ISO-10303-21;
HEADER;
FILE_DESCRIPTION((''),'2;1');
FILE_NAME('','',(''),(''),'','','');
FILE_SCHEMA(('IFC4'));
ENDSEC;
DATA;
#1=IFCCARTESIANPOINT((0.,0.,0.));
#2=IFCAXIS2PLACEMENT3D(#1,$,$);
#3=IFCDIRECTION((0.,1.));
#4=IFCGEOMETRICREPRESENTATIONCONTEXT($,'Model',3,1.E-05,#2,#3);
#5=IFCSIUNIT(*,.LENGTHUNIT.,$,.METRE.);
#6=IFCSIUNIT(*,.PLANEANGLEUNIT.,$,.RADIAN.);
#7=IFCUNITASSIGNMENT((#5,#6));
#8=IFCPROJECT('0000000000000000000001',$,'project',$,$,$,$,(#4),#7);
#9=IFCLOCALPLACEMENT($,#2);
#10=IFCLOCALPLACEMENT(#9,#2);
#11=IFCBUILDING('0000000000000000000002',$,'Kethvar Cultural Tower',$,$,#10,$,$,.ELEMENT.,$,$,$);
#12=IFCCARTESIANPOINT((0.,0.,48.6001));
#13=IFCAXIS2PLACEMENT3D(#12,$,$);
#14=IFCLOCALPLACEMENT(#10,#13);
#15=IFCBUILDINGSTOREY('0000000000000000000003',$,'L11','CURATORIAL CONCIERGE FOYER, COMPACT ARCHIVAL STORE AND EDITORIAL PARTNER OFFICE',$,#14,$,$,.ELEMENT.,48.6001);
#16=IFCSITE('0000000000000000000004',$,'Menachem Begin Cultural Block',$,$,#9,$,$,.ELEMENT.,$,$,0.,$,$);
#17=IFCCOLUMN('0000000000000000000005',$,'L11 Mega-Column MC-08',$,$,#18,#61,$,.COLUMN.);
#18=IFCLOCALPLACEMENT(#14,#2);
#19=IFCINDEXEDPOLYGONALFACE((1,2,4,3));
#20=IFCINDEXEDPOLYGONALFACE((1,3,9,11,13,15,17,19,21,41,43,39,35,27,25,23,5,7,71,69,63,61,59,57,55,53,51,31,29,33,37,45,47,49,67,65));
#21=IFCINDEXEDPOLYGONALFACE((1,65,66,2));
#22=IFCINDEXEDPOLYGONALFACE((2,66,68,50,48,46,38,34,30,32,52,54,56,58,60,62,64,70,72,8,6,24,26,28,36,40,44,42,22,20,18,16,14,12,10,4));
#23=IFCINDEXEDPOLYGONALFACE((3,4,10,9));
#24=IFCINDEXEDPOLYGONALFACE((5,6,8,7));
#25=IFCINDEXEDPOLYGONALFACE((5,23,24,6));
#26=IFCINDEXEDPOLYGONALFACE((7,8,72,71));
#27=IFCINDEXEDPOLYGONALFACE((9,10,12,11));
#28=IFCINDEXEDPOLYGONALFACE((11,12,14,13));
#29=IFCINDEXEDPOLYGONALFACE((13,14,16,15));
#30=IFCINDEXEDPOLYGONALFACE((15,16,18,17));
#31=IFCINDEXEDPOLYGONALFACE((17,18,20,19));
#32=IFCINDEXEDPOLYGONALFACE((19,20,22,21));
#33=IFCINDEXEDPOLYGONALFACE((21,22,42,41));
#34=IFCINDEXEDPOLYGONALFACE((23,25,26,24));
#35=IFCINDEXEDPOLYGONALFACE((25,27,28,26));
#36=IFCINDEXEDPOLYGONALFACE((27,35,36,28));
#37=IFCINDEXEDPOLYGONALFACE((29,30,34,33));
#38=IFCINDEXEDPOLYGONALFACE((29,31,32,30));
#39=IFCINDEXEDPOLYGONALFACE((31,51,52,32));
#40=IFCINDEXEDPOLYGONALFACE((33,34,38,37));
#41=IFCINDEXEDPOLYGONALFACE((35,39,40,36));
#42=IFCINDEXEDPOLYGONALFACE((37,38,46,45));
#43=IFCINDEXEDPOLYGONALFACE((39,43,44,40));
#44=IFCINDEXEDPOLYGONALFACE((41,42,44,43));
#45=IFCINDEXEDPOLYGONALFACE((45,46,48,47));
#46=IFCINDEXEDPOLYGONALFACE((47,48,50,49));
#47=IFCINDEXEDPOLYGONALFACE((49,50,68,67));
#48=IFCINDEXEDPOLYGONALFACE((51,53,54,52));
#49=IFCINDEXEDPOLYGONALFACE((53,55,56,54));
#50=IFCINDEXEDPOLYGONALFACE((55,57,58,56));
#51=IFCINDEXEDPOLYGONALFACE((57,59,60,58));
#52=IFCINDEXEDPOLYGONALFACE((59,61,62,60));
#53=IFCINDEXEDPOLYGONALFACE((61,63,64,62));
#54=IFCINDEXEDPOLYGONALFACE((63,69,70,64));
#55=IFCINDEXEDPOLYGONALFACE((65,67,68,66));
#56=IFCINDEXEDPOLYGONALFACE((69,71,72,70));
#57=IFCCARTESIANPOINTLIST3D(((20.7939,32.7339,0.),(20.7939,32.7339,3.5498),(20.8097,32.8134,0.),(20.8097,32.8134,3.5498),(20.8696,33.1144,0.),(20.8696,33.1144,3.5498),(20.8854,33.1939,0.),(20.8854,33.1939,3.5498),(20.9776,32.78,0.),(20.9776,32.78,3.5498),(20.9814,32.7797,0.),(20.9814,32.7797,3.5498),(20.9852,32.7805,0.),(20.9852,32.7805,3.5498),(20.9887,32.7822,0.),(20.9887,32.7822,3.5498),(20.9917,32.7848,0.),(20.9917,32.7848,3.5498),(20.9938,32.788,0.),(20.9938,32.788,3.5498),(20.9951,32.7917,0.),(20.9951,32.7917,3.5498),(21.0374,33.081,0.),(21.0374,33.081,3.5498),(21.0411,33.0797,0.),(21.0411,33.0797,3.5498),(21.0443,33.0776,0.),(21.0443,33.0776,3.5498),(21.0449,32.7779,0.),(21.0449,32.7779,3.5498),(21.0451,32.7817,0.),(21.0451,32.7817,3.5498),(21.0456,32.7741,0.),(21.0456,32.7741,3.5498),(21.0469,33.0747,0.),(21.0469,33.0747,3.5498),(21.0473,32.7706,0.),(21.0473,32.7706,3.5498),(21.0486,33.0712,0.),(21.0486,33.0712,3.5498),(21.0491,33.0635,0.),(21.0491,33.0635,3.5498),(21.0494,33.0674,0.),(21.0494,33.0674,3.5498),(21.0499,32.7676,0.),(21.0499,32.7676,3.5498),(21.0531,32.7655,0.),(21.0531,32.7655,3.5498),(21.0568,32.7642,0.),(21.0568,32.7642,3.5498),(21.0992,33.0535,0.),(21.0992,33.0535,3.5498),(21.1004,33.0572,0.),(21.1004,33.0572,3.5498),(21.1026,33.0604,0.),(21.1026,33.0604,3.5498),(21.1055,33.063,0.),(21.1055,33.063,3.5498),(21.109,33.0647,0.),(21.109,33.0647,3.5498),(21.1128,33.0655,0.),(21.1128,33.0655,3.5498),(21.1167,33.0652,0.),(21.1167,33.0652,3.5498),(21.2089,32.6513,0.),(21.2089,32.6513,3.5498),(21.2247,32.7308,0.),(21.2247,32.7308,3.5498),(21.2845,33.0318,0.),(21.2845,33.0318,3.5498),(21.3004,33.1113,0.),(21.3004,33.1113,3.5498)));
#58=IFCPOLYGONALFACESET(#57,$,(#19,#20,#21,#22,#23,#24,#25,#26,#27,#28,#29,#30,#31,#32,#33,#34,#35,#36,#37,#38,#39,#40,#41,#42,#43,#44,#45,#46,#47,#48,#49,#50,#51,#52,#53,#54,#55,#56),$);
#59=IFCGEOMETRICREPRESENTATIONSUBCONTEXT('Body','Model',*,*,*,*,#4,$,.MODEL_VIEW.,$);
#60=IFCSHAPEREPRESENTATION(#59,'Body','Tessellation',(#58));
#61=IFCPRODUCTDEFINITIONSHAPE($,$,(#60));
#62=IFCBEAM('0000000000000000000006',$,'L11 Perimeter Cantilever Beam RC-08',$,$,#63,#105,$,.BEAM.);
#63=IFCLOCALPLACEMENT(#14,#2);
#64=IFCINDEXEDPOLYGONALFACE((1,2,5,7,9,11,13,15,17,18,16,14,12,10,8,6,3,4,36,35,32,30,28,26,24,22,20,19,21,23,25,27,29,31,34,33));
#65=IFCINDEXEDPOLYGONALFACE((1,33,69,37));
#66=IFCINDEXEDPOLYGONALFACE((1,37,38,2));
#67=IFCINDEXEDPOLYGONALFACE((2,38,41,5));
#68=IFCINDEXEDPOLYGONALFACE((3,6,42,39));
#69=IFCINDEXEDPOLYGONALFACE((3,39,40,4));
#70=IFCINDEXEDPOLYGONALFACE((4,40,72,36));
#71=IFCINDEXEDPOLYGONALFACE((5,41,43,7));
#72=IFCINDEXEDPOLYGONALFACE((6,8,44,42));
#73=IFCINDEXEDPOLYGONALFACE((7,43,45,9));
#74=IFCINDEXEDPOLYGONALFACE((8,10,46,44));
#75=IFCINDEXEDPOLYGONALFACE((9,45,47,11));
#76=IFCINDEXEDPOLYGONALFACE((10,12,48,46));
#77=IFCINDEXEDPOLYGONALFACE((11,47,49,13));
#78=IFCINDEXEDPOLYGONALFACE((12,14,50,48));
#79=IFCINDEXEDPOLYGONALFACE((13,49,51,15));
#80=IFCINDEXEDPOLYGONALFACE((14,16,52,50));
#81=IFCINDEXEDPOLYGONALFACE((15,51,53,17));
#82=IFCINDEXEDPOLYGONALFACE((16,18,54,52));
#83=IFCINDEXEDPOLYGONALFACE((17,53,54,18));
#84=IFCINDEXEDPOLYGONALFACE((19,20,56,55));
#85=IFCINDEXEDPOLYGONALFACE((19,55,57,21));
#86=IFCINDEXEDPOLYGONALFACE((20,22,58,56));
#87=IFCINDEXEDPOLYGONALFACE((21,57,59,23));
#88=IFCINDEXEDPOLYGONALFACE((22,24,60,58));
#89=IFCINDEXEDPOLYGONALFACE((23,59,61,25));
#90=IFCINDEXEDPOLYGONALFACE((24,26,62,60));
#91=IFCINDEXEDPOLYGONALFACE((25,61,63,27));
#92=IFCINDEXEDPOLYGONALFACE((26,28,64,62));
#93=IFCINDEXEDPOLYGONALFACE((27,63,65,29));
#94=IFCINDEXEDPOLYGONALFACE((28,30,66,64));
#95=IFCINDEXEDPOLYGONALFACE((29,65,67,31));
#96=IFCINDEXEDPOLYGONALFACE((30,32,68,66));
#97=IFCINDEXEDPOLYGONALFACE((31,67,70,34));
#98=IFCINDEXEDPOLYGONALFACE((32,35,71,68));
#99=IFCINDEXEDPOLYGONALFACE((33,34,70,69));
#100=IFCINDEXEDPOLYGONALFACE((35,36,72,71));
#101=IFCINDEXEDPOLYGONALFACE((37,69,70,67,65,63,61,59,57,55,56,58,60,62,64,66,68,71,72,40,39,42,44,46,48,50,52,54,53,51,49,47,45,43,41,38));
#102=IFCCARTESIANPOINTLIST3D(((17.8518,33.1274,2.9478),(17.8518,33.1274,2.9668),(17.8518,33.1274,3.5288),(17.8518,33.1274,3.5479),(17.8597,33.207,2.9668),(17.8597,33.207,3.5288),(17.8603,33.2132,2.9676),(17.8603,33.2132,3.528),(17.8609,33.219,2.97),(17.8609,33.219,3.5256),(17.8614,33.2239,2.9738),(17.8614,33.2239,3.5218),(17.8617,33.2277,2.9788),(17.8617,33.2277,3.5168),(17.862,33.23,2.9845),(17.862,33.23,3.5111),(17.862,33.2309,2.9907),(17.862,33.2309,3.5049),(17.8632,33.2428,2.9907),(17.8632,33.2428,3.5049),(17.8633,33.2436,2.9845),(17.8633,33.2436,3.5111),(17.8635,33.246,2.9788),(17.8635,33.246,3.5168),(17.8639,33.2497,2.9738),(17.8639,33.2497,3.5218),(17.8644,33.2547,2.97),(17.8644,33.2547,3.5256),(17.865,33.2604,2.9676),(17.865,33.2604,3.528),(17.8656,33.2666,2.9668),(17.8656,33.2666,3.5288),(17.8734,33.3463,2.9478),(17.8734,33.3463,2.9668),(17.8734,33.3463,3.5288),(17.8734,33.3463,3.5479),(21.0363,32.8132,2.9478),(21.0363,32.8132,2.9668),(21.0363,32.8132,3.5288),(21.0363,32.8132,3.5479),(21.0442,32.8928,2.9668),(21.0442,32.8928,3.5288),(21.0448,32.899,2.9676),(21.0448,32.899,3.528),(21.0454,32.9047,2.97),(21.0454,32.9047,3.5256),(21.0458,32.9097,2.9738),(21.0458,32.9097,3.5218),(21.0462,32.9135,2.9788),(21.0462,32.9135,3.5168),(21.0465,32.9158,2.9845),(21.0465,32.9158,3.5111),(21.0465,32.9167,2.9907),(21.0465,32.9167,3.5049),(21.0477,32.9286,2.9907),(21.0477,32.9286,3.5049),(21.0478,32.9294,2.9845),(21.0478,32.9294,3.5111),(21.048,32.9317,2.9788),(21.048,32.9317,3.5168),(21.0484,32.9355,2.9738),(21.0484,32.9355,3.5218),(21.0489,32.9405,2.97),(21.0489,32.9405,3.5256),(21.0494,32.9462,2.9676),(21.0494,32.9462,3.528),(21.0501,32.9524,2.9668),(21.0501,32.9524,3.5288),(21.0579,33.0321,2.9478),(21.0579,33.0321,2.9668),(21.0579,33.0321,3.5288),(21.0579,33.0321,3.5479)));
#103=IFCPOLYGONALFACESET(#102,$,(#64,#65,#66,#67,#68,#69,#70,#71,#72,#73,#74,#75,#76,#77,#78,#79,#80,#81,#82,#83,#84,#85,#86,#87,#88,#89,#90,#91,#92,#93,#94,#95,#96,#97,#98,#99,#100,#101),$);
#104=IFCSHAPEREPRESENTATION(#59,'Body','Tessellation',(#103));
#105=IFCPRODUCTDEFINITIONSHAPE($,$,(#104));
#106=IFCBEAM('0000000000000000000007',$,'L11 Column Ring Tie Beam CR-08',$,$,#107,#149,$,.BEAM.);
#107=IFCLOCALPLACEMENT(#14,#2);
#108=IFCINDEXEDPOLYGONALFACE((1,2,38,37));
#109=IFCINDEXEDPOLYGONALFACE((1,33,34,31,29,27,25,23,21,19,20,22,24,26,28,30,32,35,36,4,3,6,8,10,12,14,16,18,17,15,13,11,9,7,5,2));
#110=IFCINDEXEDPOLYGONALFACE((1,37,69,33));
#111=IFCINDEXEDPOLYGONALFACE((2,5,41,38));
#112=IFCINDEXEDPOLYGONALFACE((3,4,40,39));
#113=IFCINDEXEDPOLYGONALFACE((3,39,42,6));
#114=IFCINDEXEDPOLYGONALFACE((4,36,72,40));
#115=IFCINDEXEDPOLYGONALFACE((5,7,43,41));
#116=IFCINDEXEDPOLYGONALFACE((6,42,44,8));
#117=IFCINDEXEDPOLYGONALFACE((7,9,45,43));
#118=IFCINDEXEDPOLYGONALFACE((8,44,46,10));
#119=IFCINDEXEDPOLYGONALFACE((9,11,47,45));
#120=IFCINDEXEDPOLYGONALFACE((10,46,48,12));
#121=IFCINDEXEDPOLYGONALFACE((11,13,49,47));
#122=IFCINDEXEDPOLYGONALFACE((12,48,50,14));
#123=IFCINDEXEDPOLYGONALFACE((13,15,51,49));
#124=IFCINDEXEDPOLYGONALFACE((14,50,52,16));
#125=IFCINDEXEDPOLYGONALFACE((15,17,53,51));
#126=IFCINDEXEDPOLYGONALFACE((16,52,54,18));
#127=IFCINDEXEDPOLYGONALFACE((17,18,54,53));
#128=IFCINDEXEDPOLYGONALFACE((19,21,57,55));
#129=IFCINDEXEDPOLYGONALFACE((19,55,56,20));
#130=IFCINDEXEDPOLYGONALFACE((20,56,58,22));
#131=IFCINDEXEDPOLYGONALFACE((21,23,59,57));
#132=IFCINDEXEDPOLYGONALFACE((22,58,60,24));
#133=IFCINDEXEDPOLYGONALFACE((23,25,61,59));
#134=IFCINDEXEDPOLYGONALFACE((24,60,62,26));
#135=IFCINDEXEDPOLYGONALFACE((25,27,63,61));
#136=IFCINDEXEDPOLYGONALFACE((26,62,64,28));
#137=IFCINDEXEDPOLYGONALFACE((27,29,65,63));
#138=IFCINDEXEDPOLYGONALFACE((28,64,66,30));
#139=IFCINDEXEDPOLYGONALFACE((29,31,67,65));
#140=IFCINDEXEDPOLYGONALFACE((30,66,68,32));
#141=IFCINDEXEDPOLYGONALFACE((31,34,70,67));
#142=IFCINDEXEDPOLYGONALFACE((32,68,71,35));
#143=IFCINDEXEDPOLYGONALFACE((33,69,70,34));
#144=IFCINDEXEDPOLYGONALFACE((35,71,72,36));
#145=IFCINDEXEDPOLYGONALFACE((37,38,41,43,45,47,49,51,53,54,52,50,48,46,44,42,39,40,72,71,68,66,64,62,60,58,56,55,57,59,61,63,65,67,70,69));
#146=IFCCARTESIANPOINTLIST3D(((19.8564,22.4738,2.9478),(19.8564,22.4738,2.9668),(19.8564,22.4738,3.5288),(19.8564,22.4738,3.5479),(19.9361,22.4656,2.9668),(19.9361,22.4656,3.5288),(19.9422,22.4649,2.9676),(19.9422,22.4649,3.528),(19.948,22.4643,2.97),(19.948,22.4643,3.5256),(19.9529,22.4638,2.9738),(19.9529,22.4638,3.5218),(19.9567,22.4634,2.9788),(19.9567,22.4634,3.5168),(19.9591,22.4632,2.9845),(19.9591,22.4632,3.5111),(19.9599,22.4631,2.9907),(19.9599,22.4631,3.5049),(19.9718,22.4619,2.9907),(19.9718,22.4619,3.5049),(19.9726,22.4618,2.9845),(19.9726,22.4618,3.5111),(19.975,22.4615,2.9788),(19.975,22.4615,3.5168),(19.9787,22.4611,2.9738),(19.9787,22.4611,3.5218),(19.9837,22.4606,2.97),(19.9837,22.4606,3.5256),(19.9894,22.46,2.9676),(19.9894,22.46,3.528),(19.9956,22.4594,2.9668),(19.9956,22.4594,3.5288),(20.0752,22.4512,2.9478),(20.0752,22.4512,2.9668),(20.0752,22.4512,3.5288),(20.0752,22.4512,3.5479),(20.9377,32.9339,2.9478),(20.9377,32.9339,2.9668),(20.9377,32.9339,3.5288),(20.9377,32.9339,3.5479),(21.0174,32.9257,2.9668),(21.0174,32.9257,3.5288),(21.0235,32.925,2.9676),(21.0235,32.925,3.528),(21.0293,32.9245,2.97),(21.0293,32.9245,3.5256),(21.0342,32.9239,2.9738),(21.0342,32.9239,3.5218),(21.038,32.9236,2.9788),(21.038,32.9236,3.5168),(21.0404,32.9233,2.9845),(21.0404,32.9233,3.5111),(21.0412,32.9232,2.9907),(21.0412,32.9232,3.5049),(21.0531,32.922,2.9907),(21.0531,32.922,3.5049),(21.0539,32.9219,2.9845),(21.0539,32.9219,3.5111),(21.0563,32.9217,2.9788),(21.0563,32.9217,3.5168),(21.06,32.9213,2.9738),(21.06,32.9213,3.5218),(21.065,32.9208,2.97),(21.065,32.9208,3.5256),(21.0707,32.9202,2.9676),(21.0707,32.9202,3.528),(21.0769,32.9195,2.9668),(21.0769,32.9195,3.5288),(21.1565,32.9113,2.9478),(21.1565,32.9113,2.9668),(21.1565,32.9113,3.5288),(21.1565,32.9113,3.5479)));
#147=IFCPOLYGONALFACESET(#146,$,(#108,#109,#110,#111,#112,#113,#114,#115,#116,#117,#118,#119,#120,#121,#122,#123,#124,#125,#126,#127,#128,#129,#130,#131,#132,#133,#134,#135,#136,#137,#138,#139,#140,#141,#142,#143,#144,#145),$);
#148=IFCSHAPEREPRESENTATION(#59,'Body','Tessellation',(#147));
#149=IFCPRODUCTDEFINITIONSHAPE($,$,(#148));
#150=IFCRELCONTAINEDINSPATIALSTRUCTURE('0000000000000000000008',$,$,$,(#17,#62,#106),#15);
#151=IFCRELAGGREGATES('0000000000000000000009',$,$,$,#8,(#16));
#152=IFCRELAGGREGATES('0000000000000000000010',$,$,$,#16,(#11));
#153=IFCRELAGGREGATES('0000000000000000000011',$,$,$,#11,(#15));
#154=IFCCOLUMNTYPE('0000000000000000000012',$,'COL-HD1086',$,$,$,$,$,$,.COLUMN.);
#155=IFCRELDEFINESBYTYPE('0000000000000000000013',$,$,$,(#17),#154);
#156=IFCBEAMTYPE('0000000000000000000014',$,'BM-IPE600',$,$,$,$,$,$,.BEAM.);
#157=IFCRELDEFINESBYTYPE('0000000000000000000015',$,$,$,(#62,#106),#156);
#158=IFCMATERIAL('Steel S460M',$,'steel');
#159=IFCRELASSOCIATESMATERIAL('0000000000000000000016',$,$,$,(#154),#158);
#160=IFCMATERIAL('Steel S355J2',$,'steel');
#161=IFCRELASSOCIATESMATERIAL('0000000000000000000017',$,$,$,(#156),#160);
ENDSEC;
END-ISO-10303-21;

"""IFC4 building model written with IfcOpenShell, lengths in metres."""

from ifc_helpers import new_model, si_unit, direction, frame, origin, origin_2d, place, context, subcontext, project, spatial, i_section, extrude, source, transform, mapped, material, material_profile, profile_set, type_object, element, save


model = new_model("IFC4")

# Units and contexts
model_context = context("Model", 3, precision=1e-05, world=origin(), true_north=direction((0.0, 1.0)))
body_context = subcontext(model_context, "Body", "Model", "MODEL_VIEW")
ifc_project = project(units=[si_unit("LENGTHUNIT", "METRE"), si_unit("PLANEANGLEUNIT", "RADIAN")], contexts=[model_context])

# Site, building, storey
site_placement = place(None, origin())
site = spatial("IfcSite", under=ifc_project, at=site_placement, Name="Menachem Begin Cultural Block", CompositionType="ELEMENT", RefElevation=0.0)
building_placement = place(site_placement, origin())
building = spatial("IfcBuilding", under=site, at=building_placement, Name="Kethvar Cultural Tower", CompositionType="ELEMENT")
storey_placement = place(building_placement, frame((0.0, 0.0, 48.6001)))
storey = spatial("IfcBuildingStorey", under=building, at=storey_placement, Name="L11", Description="CURATORIAL CONCIERGE FOYER, COMPACT ARCHIVAL STORE AND EDITORIAL PARTNER OFFICE", CompositionType="ELEMENT", Elevation=48.6001)

# Column
ifc_material_1 = material(Name="Steel S460M", Category="steel")
ifc_material_profile_1 = material_profile(ifc_material_1, i_section(OverallWidth=0.4231, OverallDepth=0.469, WebThickness=0.051, FlangeThickness=0.0811, FilletRadius=0.0149, at=origin_2d()), Name="Steel S460M — HD400x1086")
ifc_profile_set_1 = profile_set([ifc_material_profile_1], Name="Steel S460M — HD400x1086")
column_type = type_object("IfcColumnType", Name="COL-HD1086", PredefinedType="COLUMN", material=ifc_profile_set_1)
shared_shape_1 = source(origin(), body_context, "Body", "SweptSolid", [
    extrude(i_section(OverallWidth=0.4231, OverallDepth=0.469, WebThickness=0.051, FlangeThickness=0.0811, FilletRadius=0.0149, at=origin_2d()), origin(), (0.0, 0.0, 1.0), 3.5498),
])
column_placement = place(storey_placement, frame((21.0471, 32.9226, 0.0), z_axis=(0.0, 0.0, 1.0), x_axis=(-0.980785, 0.19509, 0.0)))
element("IfcColumn", 1, at=column_placement, inside=storey, type_object=column_type, Name="L11 Mega-Column MC-08", PredefinedType="COLUMN", context=body_context, shape_type="MappedRepresentation", body=[
    mapped(shared_shape_1, transform((0.0, 0.0, 0.0), scale=1.0)),
])

# Beams
ifc_material_2 = material(Name="Steel S355J2", Category="steel")
ifc_material_profile_2 = material_profile(ifc_material_2, i_section(OverallWidth=0.22, OverallDepth=0.6001, WebThickness=0.012, FlangeThickness=0.019, FilletRadius=0.0239, at=origin_2d()), Name="Steel S355J2 — IPE600")
ifc_profile_set_2 = profile_set([ifc_material_profile_2], Name="Steel S355J2 — IPE600")
beam_type_1 = type_object("IfcBeamType", Name="BM-IPE600", PredefinedType="BEAM", material=ifc_profile_set_2)
shared_shape_2 = source(origin(), body_context, "Body", "SweptSolid", [
    extrude(i_section(OverallWidth=0.22, OverallDepth=0.6001, WebThickness=0.012, FlangeThickness=0.019, FilletRadius=0.0239, at=origin_2d()), origin(), (0.0, 0.0, 1.0), 3.2),
])
beam_1_placement = place(storey_placement, frame((21.0471, 32.9226, 3.2478), z_axis=(-0.995168, 0.098189, 0.0), x_axis=(-0.098189, -0.995168, 0.0)))
element("IfcBeam", 2, at=beam_1_placement, inside=storey, type_object=beam_type_1, Name="L11 Perimeter Cantilever Beam RC-08", PredefinedType="BEAM", context=body_context, shape_type="MappedRepresentation", body=[
    mapped(shared_shape_2, transform((0.0, 0.0, 0.0), scale=1.0)),
])
shared_shape_3 = source(origin(), body_context, "Body", "SweptSolid", [
    extrude(i_section(OverallWidth=0.22, OverallDepth=0.6001, WebThickness=0.012, FlangeThickness=0.019, FilletRadius=0.0239, at=origin_2d()), origin(), (0.0, 0.0, 1.0), 10.5159),
])
beam_2_placement = place(storey_placement, frame((21.0471, 32.9226, 3.2478), z_axis=(-0.102825, -0.994699, 0.0), x_axis=(0.994699, -0.102825, 0.0)))
element("IfcBeam", 3, at=beam_2_placement, inside=storey, type_object=beam_type_1, Name="L11 Column Ring Tie Beam CR-08", PredefinedType="BEAM", context=body_context, shape_type="MappedRepresentation", body=[
    mapped(shared_shape_3, transform((0.0, 0.0, 0.0), scale=1.0)),
])

save(model, "model.ifc")
